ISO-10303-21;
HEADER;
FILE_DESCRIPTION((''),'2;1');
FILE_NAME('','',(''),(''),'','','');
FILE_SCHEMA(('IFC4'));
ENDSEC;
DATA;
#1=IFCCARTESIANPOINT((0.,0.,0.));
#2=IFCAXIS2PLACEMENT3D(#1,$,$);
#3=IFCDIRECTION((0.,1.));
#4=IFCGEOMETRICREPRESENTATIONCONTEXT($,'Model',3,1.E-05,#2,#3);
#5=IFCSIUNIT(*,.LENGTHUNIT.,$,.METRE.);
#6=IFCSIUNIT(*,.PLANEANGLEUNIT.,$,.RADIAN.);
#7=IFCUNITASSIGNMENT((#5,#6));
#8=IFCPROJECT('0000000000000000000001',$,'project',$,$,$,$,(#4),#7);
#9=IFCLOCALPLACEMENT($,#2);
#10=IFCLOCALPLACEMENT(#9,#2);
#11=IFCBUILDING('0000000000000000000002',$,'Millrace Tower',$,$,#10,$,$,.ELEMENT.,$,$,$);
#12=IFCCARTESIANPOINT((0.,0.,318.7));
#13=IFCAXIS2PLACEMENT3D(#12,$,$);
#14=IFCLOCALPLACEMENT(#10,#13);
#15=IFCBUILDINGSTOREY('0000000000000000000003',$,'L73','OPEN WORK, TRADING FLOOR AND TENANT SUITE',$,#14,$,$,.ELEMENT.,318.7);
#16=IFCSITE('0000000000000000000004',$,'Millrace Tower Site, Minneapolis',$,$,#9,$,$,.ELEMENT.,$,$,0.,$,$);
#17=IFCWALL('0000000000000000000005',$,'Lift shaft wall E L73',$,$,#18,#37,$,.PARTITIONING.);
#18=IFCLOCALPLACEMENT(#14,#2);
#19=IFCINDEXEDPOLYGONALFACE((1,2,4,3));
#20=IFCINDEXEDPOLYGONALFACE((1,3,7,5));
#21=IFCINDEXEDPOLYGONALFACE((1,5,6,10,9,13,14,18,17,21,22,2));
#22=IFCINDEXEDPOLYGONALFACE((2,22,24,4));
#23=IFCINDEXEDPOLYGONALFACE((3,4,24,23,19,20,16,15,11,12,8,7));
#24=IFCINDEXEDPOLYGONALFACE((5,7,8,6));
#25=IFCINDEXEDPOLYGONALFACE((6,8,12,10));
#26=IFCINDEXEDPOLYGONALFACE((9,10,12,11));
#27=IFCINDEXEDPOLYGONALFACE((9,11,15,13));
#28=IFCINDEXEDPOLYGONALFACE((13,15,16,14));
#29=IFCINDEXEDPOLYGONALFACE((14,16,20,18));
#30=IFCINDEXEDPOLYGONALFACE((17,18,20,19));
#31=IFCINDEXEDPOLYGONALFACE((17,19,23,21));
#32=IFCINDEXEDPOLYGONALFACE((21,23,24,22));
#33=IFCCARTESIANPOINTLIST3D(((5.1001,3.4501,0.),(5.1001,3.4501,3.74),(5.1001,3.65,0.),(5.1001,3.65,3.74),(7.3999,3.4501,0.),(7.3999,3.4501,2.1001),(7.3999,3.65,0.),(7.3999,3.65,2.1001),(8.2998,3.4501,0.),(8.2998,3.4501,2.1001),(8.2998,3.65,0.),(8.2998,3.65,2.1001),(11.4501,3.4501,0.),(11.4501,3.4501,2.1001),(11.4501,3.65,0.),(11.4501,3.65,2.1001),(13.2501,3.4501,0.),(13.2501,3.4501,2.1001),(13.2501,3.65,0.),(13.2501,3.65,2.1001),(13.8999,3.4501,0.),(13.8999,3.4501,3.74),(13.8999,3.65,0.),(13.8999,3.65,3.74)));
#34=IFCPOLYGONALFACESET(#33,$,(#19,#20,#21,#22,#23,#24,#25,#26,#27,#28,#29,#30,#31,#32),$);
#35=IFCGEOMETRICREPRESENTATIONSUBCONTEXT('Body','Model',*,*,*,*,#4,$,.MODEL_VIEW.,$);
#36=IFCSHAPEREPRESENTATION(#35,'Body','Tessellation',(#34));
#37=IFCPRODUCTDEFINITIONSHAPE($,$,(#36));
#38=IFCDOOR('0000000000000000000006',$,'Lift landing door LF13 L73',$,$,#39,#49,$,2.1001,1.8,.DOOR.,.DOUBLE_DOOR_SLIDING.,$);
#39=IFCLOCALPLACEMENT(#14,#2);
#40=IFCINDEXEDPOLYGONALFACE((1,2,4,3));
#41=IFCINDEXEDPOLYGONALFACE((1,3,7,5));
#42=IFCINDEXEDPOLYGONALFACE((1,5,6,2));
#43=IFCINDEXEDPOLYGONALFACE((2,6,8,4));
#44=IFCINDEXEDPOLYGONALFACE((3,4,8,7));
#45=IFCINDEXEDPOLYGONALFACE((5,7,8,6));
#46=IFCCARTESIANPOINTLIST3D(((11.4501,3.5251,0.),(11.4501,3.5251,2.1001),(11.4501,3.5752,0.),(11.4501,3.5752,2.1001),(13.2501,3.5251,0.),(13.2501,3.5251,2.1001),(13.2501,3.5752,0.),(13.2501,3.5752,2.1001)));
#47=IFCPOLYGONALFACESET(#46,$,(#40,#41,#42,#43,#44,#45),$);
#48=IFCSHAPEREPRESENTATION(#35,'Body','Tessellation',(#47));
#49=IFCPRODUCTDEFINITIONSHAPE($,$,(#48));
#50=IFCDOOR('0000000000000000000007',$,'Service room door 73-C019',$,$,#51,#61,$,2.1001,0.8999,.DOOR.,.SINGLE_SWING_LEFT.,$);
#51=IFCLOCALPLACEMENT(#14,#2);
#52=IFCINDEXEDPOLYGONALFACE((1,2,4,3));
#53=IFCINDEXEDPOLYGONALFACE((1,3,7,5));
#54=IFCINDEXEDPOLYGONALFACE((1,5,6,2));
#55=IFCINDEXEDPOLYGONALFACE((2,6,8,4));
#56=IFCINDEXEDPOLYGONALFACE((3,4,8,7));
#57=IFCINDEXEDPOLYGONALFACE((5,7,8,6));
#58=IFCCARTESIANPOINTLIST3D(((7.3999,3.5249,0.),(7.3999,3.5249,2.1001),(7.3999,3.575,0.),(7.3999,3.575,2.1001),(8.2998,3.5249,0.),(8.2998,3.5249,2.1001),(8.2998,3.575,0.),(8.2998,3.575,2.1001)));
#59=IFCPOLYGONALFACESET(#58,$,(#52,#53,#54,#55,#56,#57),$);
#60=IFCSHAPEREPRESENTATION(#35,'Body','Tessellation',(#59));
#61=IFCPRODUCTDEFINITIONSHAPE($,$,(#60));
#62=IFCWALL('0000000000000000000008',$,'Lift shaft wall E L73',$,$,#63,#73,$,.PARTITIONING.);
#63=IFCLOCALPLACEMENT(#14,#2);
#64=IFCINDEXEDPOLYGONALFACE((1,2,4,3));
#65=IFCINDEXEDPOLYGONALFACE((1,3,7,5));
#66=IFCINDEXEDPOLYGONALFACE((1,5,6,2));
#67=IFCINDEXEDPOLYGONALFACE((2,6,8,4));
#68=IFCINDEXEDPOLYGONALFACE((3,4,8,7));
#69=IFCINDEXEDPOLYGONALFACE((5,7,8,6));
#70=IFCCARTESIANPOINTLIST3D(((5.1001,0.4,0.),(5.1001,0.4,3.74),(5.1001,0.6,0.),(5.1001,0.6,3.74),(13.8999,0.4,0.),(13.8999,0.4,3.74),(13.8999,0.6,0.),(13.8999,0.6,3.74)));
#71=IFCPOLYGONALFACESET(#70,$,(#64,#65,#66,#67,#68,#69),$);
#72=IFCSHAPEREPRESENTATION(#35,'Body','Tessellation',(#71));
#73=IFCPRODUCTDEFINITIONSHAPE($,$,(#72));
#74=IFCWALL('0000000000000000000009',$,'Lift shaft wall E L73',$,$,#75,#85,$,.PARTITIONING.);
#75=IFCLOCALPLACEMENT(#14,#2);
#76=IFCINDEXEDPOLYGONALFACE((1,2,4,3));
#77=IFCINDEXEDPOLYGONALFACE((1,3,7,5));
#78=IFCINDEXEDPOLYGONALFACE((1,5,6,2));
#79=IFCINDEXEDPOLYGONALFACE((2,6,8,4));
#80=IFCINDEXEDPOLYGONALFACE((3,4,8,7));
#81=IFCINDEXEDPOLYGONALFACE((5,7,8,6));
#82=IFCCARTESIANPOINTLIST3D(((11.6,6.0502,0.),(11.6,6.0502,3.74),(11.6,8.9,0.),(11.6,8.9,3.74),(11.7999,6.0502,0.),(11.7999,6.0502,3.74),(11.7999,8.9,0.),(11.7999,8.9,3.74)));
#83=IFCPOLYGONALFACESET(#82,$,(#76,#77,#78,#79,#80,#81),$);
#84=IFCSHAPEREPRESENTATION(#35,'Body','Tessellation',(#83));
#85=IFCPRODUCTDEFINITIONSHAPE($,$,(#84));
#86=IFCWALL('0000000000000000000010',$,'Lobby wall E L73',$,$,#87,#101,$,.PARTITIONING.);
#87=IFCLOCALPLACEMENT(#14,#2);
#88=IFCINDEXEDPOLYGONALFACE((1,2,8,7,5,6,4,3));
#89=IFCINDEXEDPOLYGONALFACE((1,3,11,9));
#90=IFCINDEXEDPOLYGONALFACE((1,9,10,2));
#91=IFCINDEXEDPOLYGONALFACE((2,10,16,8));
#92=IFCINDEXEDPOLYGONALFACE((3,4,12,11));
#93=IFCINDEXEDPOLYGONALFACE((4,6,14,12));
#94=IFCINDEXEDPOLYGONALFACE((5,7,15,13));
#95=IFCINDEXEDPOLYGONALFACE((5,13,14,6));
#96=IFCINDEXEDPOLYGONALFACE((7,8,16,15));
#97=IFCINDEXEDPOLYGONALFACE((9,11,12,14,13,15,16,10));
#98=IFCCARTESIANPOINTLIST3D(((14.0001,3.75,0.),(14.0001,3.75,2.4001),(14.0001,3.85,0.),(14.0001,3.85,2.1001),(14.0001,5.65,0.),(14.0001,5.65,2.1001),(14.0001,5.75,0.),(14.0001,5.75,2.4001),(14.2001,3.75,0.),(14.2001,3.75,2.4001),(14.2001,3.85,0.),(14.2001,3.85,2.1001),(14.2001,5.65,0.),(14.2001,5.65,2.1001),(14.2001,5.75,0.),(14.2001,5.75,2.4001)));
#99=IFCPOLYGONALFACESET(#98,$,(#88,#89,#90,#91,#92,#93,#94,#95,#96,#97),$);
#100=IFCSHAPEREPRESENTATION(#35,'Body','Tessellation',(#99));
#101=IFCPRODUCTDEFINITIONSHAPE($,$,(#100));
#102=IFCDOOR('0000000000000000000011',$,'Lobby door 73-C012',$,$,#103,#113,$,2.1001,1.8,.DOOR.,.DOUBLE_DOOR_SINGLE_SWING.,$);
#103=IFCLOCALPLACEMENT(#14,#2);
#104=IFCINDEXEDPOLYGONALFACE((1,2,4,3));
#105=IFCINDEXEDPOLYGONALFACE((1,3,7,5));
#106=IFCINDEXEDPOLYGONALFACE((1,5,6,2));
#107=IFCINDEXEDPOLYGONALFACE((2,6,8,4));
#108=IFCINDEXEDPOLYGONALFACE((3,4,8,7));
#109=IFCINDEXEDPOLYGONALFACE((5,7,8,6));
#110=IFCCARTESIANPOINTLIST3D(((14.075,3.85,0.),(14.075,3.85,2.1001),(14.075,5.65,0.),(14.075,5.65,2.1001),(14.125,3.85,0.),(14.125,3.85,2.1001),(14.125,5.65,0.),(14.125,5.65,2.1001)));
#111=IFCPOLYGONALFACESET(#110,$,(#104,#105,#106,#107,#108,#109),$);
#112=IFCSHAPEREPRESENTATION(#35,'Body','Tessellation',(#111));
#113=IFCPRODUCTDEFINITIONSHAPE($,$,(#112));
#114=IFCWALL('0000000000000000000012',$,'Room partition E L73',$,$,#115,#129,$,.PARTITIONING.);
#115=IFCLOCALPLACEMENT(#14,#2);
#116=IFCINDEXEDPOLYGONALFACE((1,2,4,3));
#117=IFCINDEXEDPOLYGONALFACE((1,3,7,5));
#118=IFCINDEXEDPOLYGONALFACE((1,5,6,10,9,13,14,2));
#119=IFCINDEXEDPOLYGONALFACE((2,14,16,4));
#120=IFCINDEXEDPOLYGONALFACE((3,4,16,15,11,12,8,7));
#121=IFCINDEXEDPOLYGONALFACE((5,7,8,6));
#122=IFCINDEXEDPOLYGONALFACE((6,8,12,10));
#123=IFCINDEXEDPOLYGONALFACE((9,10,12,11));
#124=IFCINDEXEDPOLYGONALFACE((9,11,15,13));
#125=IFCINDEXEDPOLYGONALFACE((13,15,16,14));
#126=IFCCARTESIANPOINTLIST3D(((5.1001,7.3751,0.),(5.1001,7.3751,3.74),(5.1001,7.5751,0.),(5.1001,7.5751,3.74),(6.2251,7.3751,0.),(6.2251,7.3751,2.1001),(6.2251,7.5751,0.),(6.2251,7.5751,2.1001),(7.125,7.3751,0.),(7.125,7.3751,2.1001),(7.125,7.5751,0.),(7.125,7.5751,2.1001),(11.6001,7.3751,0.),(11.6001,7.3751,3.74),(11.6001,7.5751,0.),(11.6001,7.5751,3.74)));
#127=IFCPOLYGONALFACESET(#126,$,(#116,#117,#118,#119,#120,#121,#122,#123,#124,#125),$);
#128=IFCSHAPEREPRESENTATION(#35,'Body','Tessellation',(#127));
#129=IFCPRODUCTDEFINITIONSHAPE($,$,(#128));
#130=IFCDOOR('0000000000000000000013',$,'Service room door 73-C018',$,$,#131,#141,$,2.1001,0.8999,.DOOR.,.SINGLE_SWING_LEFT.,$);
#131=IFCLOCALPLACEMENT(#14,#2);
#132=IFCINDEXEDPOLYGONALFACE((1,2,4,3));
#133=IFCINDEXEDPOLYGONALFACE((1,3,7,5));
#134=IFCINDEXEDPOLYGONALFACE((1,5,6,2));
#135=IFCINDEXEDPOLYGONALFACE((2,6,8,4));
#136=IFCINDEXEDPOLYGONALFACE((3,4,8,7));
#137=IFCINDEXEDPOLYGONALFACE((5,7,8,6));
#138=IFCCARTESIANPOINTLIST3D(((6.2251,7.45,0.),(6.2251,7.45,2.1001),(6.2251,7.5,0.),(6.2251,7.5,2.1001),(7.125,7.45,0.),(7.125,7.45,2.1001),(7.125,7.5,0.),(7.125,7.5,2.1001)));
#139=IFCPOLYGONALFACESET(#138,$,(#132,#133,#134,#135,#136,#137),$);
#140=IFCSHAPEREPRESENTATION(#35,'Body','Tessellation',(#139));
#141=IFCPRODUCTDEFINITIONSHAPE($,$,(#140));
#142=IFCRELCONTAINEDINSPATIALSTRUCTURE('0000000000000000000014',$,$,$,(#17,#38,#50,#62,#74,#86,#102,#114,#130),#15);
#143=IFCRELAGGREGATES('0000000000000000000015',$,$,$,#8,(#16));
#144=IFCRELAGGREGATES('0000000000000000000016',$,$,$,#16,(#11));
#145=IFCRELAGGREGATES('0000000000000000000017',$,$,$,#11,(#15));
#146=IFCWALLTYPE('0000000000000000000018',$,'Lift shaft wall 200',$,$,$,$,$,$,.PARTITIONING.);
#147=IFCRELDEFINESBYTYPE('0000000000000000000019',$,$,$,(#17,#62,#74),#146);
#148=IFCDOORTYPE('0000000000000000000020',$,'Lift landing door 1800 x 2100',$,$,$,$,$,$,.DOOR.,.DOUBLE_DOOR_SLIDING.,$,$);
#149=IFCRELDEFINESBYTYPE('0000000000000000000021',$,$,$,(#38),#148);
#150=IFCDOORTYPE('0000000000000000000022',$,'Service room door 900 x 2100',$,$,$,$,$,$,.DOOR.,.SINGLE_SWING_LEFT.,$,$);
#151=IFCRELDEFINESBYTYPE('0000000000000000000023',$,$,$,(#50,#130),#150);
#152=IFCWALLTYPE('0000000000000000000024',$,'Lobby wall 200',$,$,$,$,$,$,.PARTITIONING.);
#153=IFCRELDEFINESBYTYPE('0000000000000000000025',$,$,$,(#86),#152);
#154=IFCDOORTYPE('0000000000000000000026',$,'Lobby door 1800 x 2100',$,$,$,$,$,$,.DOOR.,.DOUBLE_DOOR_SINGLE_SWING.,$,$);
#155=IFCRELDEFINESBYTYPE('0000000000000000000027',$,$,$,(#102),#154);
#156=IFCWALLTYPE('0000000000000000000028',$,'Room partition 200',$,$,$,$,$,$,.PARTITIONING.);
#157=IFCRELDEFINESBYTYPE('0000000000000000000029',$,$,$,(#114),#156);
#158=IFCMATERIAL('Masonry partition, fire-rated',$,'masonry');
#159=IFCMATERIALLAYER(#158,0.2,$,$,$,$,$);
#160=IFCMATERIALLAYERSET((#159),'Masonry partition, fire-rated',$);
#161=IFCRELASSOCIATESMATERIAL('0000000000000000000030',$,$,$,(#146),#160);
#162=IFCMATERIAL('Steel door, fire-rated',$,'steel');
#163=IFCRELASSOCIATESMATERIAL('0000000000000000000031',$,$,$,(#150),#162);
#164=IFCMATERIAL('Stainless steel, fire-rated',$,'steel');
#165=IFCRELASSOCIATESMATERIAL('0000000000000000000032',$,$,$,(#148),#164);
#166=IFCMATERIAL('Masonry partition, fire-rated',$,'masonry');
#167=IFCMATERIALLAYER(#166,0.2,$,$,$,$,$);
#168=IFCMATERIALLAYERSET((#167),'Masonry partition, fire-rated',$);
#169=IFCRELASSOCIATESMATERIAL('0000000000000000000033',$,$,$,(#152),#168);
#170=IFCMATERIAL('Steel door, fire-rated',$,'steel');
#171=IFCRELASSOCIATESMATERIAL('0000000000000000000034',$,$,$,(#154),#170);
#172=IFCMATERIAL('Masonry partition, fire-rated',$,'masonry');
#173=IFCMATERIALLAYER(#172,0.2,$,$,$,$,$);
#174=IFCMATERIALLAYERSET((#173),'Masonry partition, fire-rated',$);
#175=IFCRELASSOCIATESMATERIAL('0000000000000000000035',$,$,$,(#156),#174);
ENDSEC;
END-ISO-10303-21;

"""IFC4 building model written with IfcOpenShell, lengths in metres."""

from ifc_helpers import new_model, si_unit, direction, frame, frame_2d, origin, place, context, subcontext, project, spatial, rectangle, extrude, material, layer, layer_set, type_object, element, fill, save


model = new_model("IFC4")

# Units and contexts
model_context = context("Model", 3, precision=1e-05, world=origin(), true_north=direction((0.0, 1.0)))
body_context = subcontext(model_context, "Body", "Model", "MODEL_VIEW")
ifc_project = project(units=[si_unit("LENGTHUNIT", "METRE"), si_unit("PLANEANGLEUNIT", "RADIAN")], contexts=[model_context])

# Site, building, storey
site_placement = place(None, origin())
site = spatial("IfcSite", under=ifc_project, at=site_placement, Name="Millrace Tower Site, Minneapolis", CompositionType="ELEMENT", RefElevation=0.0)
building_placement = place(site_placement, origin())
building = spatial("IfcBuilding", under=site, at=building_placement, Name="Millrace Tower", CompositionType="ELEMENT")
storey_placement = place(building_placement, frame((0.0, 0.0, 318.7)))
storey = spatial("IfcBuildingStorey", under=building, at=storey_placement, Name="L73", Description="OPEN WORK, TRADING FLOOR AND TENANT SUITE", CompositionType="ELEMENT", Elevation=318.7)

# Wall, openings, doors
ifc_material_1 = material(Name="Masonry partition, fire-rated", Category="masonry")
ifc_layer_1 = layer(ifc_material_1, 0.2)
ifc_layer_set_1 = layer_set([ifc_layer_1], Name="Masonry partition, fire-rated")
wall_type_1 = type_object("IfcWallType", Name="Lift shaft wall 200", PredefinedType="PARTITIONING", material=ifc_layer_set_1)
ifc_material_2 = material(Name="Steel door, fire-rated", Category="steel")
door_type_1 = type_object("IfcDoorType", Name="Service room door 900 x 2100", OperationType="SINGLE_SWING_LEFT", PredefinedType="DOOR", material=ifc_material_2)
wall_1_placement = place(storey_placement, frame((13.8999, 3.55, 0.0), z_axis=(0.0, 0.0, 1.0), x_axis=(-1.0, 0.0, 0.0)))
wall_1 = element("IfcWall", 1, at=wall_1_placement, inside=storey, type_object=wall_type_1, Name="Lift shaft wall E L73", PredefinedType="PARTITIONING", context=body_context, shape_type="SweptSolid", body=[
    extrude(rectangle(XDim=8.7998, YDim=0.2, at=frame_2d((4.3999, 0.0))), origin(), (0.0, 0.0, 1.0), 3.74),
])
opening_1_placement = place(wall_1_placement, frame((0.6499, 0.0, 0.0)))
opening_1 = element("IfcOpeningElement", 2, at=opening_1_placement, cuts=wall_1, PredefinedType="OPENING", context=body_context, shape_type="SweptSolid", body=[
    extrude(rectangle(XDim=1.8, YDim=2.1001, at=frame_2d((0.8999, 1.05))), frame((0.0, 0.1099, 0.0), z_axis=(0.0, -1.0, 0.0), x_axis=(1.0, 0.0, 0.0)), (0.0, 0.0, 1.0), 0.22),
])
opening_2_placement = place(wall_1_placement, frame((5.6001, 0.0, 0.0)))
opening_2 = element("IfcOpeningElement", 3, at=opening_2_placement, cuts=wall_1, PredefinedType="OPENING", context=body_context, shape_type="SweptSolid", body=[
    extrude(rectangle(XDim=0.8999, YDim=2.1001, at=frame_2d((0.45, 1.05))), frame((0.0, 0.1099, 0.0), z_axis=(0.0, -1.0, 0.0), x_axis=(1.0, 0.0, 0.0)), (0.0, 0.0, 1.0), 0.22),
])
ifc_material_3 = material(Name="Stainless steel, fire-rated", Category="steel")
door_type_2 = type_object("IfcDoorType", Name="Lift landing door 1800 x 2100", OperationType="DOUBLE_DOOR_SLIDING", PredefinedType="DOOR", material=ifc_material_3)
door_1_placement = place(opening_1_placement, origin())
door_1 = element("IfcDoor", 4, at=door_1_placement, inside=storey, type_object=door_type_2, Name="Lift landing door LF13 L73", OperationType="DOUBLE_DOOR_SLIDING", OverallHeight=2.1001, OverallWidth=1.8, PredefinedType="DOOR", context=body_context, shape_type="SweptSolid", body=[
    extrude(rectangle(XDim=1.8, YDim=2.1001, at=frame_2d((0.8999, 1.05))), frame((0.0, 0.0249, 0.0), z_axis=(0.0, -1.0, 0.0), x_axis=(1.0, 0.0, 0.0)), (0.0, 0.0, 1.0), 0.05),
])
fill(opening_1, door_1)
door_2_placement = place(opening_2_placement, frame((0.8999, 0.0, 0.0), z_axis=(0.0, 0.0, 1.0), x_axis=(-1.0, 0.0, 0.0)))
door_2 = element("IfcDoor", 5, at=door_2_placement, inside=storey, type_object=door_type_1, Name="Service room door 73-C019", OperationType="SINGLE_SWING_LEFT", OverallHeight=2.1001, OverallWidth=0.8999, PredefinedType="DOOR", context=body_context, shape_type="SweptSolid", body=[
    extrude(rectangle(XDim=0.8999, YDim=2.1001, at=frame_2d((0.45, 1.05))), frame((0.0, 0.0249, 0.0), z_axis=(0.0, -1.0, 0.0), x_axis=(1.0, 0.0, 0.0)), (0.0, 0.0, 1.0), 0.05),
])
fill(opening_2, door_2)

# Walls
wall_2_placement = place(storey_placement, frame((13.8999, 0.5, 0.0), z_axis=(0.0, 0.0, 1.0), x_axis=(-1.0, 0.0, 0.0)))
element("IfcWall", 6, at=wall_2_placement, inside=storey, type_object=wall_type_1, Name="Lift shaft wall E L73", PredefinedType="PARTITIONING", context=body_context, shape_type="SweptSolid", body=[
    extrude(rectangle(XDim=8.7998, YDim=0.2, at=frame_2d((4.3999, 0.0))), origin(), (0.0, 0.0, 1.0), 3.74),
])
wall_3_placement = place(storey_placement, frame((11.7, 8.8999, 0.0), z_axis=(0.0, 0.0, 1.0), x_axis=(0.0, -1.0, 0.0)))
element("IfcWall", 7, at=wall_3_placement, inside=storey, type_object=wall_type_1, Name="Lift shaft wall E L73", PredefinedType="PARTITIONING", context=body_context, shape_type="SweptSolid", body=[
    extrude(rectangle(XDim=2.8499, YDim=0.2, at=frame_2d((1.4248, 0.0))), origin(), (0.0, 0.0, 1.0), 3.74),
])

# Walls, openings, doors
ifc_material_4 = material(Name="Masonry partition, fire-rated", Category="masonry")
ifc_layer_2 = layer(ifc_material_4, 0.2)
ifc_layer_set_2 = layer_set([ifc_layer_2], Name="Masonry partition, fire-rated")
wall_type_2 = type_object("IfcWallType", Name="Lobby wall 200", PredefinedType="PARTITIONING", material=ifc_layer_set_2)
wall_4_placement = place(storey_placement, frame((14.1001, 5.75, 0.0), z_axis=(0.0, 0.0, 1.0), x_axis=(0.0, -1.0, 0.0)))
wall_4 = element("IfcWall", 8, at=wall_4_placement, inside=storey, type_object=wall_type_2, Name="Lobby wall E L73", PredefinedType="PARTITIONING", context=body_context, shape_type="SweptSolid", body=[
    extrude(rectangle(XDim=2.0, YDim=0.2, at=frame_2d((1.0, 0.0))), origin(), (0.0, 0.0, 1.0), 2.4001),
])
opening_3_placement = place(wall_4_placement, frame((0.1001, 0.0, 0.0)))
opening_3 = element("IfcOpeningElement", 9, at=opening_3_placement, cuts=wall_4, PredefinedType="OPENING", context=body_context, shape_type="SweptSolid", body=[
    extrude(rectangle(XDim=1.8, YDim=2.1001, at=frame_2d((0.8999, 1.05))), frame((0.0, 0.1099, 0.0), z_axis=(0.0, -1.0, 0.0), x_axis=(1.0, 0.0, 0.0)), (0.0, 0.0, 1.0), 0.22),
])
ifc_material_5 = material(Name="Steel door, fire-rated", Category="steel")
door_type_3 = type_object("IfcDoorType", Name="Lobby door 1800 x 2100", OperationType="DOUBLE_DOOR_SINGLE_SWING", PredefinedType="DOOR", material=ifc_material_5)
door_3_placement = place(opening_3_placement, origin())
door_3 = element("IfcDoor", 10, at=door_3_placement, inside=storey, type_object=door_type_3, Name="Lobby door 73-C012", OperationType="DOUBLE_DOOR_SINGLE_SWING", OverallHeight=2.1001, OverallWidth=1.8, PredefinedType="DOOR", context=body_context, shape_type="SweptSolid", body=[
    extrude(rectangle(XDim=1.8, YDim=2.1001, at=frame_2d((0.8999, 1.05))), frame((0.0, 0.0249, 0.0), z_axis=(0.0, -1.0, 0.0), x_axis=(1.0, 0.0, 0.0)), (0.0, 0.0, 1.0), 0.05),
])
fill(opening_3, door_3)
ifc_material_6 = material(Name="Masonry partition, fire-rated", Category="masonry")
ifc_layer_3 = layer(ifc_material_6, 0.2)
ifc_layer_set_3 = layer_set([ifc_layer_3], Name="Masonry partition, fire-rated")
wall_type_3 = type_object("IfcWallType", Name="Room partition 200", PredefinedType="PARTITIONING", material=ifc_layer_set_3)
wall_5_placement = place(storey_placement, frame((11.6001, 7.4751, 0.0), z_axis=(0.0, 0.0, 1.0), x_axis=(-1.0, 0.0, 0.0)))
wall_5 = element("IfcWall", 11, at=wall_5_placement, inside=storey, type_object=wall_type_3, Name="Room partition E L73", PredefinedType="PARTITIONING", context=body_context, shape_type="SweptSolid", body=[
    extrude(rectangle(XDim=6.5, YDim=0.2, at=frame_2d((3.25, 0.0))), origin(), (0.0, 0.0, 1.0), 3.74),
])
opening_4_placement = place(wall_5_placement, frame((4.4751, 0.0, 0.0)))
opening_4 = element("IfcOpeningElement", 12, at=opening_4_placement, cuts=wall_5, PredefinedType="OPENING", context=body_context, shape_type="SweptSolid", body=[
    extrude(rectangle(XDim=0.8999, YDim=2.1001, at=frame_2d((0.45, 1.05))), frame((0.0, 0.1099, 0.0), z_axis=(0.0, -1.0, 0.0), x_axis=(1.0, 0.0, 0.0)), (0.0, 0.0, 1.0), 0.22),
])
door_4_placement = place(opening_4_placement, frame((0.8999, 0.0, 0.0), z_axis=(0.0, 0.0, 1.0), x_axis=(-1.0, 0.0, 0.0)))
door_4 = element("IfcDoor", 13, at=door_4_placement, inside=storey, type_object=door_type_1, Name="Service room door 73-C018", OperationType="SINGLE_SWING_LEFT", OverallHeight=2.1001, OverallWidth=0.8999, PredefinedType="DOOR", context=body_context, shape_type="SweptSolid", body=[
    extrude(rectangle(XDim=0.8999, YDim=2.1001, at=frame_2d((0.45, 1.05))), frame((0.0, 0.0249, 0.0), z_axis=(0.0, -1.0, 0.0), x_axis=(1.0, 0.0, 0.0)), (0.0, 0.0, 1.0), 0.05),
])
fill(opening_4, door_4)

save(model, "model.ifc")
